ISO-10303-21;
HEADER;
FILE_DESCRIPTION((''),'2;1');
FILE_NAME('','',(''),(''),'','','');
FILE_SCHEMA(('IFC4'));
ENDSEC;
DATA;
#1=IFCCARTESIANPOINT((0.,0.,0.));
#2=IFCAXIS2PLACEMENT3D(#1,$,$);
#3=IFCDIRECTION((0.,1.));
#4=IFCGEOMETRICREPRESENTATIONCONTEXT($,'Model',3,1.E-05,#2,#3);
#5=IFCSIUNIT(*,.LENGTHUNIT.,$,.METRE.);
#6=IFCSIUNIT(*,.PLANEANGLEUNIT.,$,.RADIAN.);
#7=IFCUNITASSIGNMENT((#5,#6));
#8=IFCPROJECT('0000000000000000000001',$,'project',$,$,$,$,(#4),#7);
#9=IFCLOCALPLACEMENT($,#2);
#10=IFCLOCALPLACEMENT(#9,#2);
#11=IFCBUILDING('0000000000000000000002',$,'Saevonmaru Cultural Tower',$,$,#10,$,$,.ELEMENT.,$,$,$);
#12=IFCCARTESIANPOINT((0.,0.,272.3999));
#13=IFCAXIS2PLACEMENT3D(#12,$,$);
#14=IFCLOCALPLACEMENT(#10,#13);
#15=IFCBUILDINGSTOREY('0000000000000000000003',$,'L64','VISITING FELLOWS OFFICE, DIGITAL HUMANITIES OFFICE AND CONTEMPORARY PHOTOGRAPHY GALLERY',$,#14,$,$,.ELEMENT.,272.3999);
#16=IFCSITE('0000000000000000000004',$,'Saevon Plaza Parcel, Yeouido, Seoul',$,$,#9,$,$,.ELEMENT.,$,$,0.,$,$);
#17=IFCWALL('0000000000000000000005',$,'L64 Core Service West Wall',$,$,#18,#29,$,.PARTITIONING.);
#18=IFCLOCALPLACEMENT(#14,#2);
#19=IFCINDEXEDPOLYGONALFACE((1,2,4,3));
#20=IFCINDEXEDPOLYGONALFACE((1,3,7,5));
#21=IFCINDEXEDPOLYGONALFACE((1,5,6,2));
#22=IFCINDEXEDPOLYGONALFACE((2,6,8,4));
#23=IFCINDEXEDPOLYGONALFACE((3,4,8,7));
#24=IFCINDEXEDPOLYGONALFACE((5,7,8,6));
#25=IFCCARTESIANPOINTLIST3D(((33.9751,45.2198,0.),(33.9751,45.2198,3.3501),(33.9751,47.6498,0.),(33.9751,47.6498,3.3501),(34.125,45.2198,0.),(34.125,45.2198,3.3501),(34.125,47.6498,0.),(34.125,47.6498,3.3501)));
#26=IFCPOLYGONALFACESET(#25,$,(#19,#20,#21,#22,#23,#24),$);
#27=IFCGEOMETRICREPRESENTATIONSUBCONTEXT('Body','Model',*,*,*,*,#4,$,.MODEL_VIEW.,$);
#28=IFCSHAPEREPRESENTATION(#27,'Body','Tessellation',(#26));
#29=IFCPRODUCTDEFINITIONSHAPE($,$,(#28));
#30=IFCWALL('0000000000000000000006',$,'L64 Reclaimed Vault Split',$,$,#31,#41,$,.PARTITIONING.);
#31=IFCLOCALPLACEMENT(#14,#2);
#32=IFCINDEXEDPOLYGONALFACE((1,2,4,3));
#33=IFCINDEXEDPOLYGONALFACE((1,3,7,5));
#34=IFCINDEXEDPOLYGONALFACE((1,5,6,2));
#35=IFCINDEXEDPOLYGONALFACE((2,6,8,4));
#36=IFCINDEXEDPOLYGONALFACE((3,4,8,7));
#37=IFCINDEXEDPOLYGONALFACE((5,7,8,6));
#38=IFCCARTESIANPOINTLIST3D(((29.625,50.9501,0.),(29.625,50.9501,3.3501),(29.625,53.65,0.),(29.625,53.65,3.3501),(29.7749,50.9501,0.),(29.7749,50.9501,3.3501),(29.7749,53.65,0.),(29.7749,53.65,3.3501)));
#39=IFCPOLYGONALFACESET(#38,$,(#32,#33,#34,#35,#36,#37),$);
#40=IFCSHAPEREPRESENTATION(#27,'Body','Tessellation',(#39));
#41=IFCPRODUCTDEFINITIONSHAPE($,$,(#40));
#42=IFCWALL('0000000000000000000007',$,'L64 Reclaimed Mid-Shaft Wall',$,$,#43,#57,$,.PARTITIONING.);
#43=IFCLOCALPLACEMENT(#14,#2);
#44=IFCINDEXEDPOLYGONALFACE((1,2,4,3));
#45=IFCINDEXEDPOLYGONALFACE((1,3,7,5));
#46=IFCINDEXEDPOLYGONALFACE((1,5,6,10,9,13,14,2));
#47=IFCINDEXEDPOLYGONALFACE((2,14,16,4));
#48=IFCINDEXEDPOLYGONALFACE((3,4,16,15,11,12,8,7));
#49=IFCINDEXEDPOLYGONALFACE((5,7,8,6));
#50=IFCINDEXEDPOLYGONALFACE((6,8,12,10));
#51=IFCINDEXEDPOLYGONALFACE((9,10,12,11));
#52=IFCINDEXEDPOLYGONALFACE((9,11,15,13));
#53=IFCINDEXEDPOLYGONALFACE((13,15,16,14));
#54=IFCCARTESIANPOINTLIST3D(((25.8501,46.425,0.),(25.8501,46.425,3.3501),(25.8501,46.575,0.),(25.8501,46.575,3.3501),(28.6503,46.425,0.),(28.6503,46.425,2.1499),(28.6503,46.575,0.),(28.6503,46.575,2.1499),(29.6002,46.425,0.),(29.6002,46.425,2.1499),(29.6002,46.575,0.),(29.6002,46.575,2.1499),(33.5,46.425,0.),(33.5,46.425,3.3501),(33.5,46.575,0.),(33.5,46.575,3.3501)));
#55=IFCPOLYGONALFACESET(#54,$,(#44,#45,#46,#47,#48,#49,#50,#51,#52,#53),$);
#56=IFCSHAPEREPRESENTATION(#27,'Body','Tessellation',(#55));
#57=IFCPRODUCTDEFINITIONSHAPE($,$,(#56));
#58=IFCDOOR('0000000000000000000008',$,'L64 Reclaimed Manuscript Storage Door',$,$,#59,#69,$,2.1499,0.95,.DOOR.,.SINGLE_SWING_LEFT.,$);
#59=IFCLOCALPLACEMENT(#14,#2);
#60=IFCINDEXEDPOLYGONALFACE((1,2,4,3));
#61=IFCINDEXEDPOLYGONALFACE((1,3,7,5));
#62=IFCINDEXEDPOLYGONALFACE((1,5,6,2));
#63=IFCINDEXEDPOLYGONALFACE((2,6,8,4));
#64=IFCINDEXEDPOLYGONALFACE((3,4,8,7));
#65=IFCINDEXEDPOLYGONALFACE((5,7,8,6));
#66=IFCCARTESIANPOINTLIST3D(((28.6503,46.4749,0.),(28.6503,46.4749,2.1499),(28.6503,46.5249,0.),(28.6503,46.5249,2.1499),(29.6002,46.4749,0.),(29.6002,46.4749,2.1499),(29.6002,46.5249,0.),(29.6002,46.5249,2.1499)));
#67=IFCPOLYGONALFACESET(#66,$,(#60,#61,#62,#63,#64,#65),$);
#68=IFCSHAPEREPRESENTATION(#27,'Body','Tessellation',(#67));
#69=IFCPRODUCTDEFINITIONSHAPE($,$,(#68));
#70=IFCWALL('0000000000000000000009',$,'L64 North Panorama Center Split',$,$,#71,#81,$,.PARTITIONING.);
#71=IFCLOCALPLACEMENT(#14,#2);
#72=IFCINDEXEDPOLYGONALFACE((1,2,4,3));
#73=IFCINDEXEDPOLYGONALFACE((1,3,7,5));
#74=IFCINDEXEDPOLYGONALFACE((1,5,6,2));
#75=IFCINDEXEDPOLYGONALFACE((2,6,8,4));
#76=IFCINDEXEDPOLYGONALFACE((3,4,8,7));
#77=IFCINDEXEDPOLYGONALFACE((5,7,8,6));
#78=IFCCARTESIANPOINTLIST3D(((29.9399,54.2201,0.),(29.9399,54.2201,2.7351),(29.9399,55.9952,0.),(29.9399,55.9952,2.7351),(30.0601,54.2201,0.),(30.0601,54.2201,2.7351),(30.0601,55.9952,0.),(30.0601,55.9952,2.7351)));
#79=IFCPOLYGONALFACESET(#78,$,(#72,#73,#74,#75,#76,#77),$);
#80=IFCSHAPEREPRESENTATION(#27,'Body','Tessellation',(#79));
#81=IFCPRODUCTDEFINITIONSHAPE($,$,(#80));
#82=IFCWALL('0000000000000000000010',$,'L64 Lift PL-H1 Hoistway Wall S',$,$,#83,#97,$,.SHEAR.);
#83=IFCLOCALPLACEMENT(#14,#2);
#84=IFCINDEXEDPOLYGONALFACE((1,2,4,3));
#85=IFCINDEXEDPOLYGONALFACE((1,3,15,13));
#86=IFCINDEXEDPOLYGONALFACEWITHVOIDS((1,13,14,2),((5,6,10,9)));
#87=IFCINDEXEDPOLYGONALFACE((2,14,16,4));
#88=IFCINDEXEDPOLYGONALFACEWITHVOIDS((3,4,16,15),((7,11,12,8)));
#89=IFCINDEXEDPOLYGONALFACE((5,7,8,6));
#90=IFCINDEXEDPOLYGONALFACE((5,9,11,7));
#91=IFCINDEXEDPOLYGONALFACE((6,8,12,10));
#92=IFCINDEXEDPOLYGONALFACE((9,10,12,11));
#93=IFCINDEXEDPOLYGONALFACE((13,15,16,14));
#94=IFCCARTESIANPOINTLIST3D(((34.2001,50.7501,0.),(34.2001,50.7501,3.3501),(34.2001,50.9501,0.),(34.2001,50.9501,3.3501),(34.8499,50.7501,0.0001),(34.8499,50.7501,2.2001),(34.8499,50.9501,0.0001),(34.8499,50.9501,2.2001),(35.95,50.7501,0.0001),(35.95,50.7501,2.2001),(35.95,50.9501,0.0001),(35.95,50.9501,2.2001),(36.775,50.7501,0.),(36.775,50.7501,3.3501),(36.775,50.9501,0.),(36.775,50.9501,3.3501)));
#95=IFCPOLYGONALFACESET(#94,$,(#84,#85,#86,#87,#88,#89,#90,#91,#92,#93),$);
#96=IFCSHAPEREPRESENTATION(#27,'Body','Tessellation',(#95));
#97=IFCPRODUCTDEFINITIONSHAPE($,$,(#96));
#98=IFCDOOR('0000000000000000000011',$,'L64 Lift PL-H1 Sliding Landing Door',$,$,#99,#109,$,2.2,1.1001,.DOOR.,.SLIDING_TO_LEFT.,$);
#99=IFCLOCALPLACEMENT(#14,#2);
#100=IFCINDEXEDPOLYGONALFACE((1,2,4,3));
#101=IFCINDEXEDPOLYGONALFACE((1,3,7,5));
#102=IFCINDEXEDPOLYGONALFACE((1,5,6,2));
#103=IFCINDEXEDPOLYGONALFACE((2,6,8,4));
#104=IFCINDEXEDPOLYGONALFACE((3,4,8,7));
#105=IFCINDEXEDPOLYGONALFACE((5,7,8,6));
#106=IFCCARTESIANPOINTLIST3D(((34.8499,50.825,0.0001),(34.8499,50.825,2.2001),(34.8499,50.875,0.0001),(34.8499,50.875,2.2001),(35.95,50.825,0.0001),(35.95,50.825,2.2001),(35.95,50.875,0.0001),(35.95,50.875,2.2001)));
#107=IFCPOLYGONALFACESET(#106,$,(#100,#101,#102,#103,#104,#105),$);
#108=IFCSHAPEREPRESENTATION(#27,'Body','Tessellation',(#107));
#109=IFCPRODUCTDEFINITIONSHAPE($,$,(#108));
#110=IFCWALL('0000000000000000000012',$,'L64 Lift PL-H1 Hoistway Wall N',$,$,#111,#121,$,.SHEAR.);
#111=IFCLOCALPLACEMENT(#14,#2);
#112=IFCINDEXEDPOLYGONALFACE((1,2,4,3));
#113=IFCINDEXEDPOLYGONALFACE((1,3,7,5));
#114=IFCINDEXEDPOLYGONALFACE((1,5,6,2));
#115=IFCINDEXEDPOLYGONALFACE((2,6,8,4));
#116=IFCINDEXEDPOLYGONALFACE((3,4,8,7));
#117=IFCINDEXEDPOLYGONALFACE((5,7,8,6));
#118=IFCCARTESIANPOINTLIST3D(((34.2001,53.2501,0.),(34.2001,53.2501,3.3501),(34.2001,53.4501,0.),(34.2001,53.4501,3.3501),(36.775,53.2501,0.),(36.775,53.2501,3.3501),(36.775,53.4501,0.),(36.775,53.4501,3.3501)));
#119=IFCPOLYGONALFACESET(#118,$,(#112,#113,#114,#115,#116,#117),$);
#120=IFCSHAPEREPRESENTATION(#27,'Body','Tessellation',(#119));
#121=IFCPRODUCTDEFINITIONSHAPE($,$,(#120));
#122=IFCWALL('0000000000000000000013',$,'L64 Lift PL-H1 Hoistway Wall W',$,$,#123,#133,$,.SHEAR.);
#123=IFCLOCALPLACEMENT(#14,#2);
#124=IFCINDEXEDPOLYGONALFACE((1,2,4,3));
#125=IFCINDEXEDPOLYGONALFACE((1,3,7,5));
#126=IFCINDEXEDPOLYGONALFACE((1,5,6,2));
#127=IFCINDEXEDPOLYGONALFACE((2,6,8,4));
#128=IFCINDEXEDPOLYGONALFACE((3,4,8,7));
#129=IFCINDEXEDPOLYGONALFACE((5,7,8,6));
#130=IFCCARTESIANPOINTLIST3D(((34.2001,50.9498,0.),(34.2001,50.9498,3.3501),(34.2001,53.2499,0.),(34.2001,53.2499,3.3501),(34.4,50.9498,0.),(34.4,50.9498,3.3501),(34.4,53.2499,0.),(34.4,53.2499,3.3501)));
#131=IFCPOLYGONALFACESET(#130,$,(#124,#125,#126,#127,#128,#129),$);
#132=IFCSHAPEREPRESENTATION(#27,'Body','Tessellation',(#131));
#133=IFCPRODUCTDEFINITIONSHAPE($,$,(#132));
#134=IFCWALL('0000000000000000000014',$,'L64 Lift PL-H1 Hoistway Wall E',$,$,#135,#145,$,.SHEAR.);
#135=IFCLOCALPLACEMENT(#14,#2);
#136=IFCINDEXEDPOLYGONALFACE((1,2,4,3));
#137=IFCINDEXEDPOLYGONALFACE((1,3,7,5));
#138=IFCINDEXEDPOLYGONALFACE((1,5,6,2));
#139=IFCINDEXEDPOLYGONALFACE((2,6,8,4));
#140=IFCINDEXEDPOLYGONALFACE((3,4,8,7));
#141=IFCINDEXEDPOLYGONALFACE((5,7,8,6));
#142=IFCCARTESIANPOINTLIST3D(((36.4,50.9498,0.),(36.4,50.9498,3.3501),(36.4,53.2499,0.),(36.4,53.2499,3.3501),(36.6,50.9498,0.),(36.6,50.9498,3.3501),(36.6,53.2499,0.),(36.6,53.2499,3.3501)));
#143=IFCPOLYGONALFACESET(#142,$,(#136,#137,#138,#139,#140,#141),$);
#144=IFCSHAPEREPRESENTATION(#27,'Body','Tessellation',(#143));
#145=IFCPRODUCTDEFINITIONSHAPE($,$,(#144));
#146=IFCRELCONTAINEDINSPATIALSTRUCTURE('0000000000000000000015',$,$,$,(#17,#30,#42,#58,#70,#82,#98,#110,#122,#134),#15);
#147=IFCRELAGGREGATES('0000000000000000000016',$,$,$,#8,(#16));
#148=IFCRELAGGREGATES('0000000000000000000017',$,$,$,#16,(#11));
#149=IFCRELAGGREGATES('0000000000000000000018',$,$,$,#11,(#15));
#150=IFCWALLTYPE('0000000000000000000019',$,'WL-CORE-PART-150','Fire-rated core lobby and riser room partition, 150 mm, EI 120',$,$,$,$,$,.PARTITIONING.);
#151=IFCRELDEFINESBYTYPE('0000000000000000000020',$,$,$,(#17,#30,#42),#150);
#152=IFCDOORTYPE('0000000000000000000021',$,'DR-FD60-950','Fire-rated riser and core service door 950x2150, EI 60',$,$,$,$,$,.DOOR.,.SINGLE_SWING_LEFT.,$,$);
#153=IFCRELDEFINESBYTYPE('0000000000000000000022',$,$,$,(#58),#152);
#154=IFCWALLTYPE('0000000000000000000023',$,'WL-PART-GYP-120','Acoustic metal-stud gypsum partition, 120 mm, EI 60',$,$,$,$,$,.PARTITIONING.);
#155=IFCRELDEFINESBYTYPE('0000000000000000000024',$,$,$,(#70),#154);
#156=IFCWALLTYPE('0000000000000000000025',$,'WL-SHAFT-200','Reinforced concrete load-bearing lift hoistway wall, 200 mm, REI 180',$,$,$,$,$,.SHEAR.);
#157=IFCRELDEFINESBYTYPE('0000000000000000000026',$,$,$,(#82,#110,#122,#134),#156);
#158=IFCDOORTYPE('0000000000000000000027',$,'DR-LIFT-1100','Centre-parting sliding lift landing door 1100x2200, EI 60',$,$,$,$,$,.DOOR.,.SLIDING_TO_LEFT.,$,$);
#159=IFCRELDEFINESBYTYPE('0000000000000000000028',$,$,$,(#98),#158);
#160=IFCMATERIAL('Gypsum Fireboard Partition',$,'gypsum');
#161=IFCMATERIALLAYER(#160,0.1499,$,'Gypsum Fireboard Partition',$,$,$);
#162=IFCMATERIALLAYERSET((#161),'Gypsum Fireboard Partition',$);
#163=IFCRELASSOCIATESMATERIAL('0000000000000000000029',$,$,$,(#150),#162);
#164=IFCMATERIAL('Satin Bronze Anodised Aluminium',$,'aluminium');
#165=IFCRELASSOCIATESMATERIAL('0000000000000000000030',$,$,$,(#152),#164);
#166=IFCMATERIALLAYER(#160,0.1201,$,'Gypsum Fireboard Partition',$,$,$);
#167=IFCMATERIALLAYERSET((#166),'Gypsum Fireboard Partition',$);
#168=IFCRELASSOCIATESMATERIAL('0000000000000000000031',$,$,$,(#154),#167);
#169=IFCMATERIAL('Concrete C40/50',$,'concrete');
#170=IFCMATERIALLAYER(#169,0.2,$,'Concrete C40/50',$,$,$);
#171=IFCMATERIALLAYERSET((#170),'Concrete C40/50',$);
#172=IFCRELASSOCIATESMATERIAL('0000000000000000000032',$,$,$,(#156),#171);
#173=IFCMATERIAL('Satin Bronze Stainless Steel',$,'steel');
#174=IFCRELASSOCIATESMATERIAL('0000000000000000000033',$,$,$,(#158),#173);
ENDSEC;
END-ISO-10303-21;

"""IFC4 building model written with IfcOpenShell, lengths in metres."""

from ifc_helpers import new_model, si_unit, direction, frame, frame_2d, origin, place, context, subcontext, project, spatial, rectangle, extrude, material, layer, layer_set, type_object, element, fill, save


model = new_model("IFC4")

# Units and contexts
model_context = context("Model", 3, precision=1e-05, world=origin(), true_north=direction((0.0, 1.0)))
body_context = subcontext(model_context, "Body", "Model", "MODEL_VIEW")
ifc_project = project(units=[si_unit("LENGTHUNIT", "METRE"), si_unit("PLANEANGLEUNIT", "RADIAN")], contexts=[model_context])

# Site, building, storey
site_placement = place(None, origin())
site = spatial("IfcSite", under=ifc_project, at=site_placement, Name="Saevon Plaza Parcel, Yeouido, Seoul", CompositionType="ELEMENT", RefElevation=0.0)
building_placement = place(site_placement, origin())
building = spatial("IfcBuilding", under=site, at=building_placement, Name="Saevonmaru Cultural Tower", CompositionType="ELEMENT")
storey_placement = place(building_placement, frame((0.0, 0.0, 272.3999)))
storey = spatial("IfcBuildingStorey", under=building, at=storey_placement, Name="L64", Description="VISITING FELLOWS OFFICE, DIGITAL HUMANITIES OFFICE AND CONTEMPORARY PHOTOGRAPHY GALLERY", CompositionType="ELEMENT", Elevation=272.3999)

# Shared definitions
ifc_material_1 = material(Name="Satin Bronze Anodised Aluminium", Category="aluminium")

# Shared definitions
ifc_material_2 = material(Name="Gypsum Fireboard Partition", Category="gypsum")
ifc_layer_1 = layer(ifc_material_2, 0.1499, Name="Gypsum Fireboard Partition")
ifc_layer_set_1 = layer_set([ifc_layer_1], Name="Gypsum Fireboard Partition")
wall_type_1 = type_object("IfcWallType", Name="WL-CORE-PART-150", Description="Fire-rated core lobby and riser room partition, 150 mm, EI 120", PredefinedType="PARTITIONING", material=ifc_layer_set_1)
door_type_1 = type_object("IfcDoorType", Name="DR-FD60-950", Description="Fire-rated riser and core service door 950x2150, EI 60", OperationType="SINGLE_SWING_LEFT", PredefinedType="DOOR", material=ifc_material_1)

# Wall
wall_1_placement = place(storey_placement, frame((34.05, 45.22, 0.0), z_axis=(0.0, 0.0, 1.0), x_axis=(0.0, 1.0, 0.0)))
element("IfcWall", 1, at=wall_1_placement, inside=storey, type_object=wall_type_1, Name="L64 Core Service West Wall", PredefinedType="PARTITIONING", context=body_context, shape_type="SweptSolid", body=[
    extrude(rectangle(XDim=2.4299, YDim=0.1499, at=frame_2d((1.2148, 0.0))), origin(), (0.0, 0.0, 1.0), 3.3501),
])

# Wall
wall_2_placement = place(storey_placement, frame((29.7, 50.95, 0.0), z_axis=(0.0, 0.0, 1.0), x_axis=(0.0, 1.0, 0.0)))
element("IfcWall", 2, at=wall_2_placement, inside=storey, type_object=wall_type_1, Name="L64 Reclaimed Vault Split", PredefinedType="PARTITIONING", context=body_context, shape_type="SweptSolid", body=[
    extrude(rectangle(XDim=2.7, YDim=0.1499, at=frame_2d((1.3501, 0.0))), origin(), (0.0, 0.0, 1.0), 3.3501),
])

# Wall, opening, door
wall_3_placement = place(storey_placement, frame((25.8501, 46.5, 0.0), z_axis=(0.0, 0.0, 1.0), x_axis=(1.0, 0.0, 0.0)))
wall_3 = element("IfcWall", 3, at=wall_3_placement, inside=storey, type_object=wall_type_1, Name="L64 Reclaimed Mid-Shaft Wall", PredefinedType="PARTITIONING", context=body_context, shape_type="SweptSolid", body=[
    extrude(rectangle(XDim=7.6499, YDim=0.1499, at=frame_2d((3.825, 0.0))), origin(), (0.0, 0.0, 1.0), 3.3501),
])
opening_1_placement = place(wall_3_placement, frame((2.8, 0.0, 0.0)))
opening_1 = element("IfcOpeningElement", 4, at=opening_1_placement, cuts=wall_3, PredefinedType="OPENING", context=body_context, shape_type="SweptSolid", body=[
    extrude(rectangle(XDim=0.95, YDim=2.1499, at=frame_2d((0.4751, 1.075))), frame((0.0, 0.085, 0.0), z_axis=(0.0, -1.0, 0.0), x_axis=(1.0, 0.0, 0.0)), (0.0, 0.0, 1.0), 0.1699),
])
door_1_placement = place(opening_1_placement, origin())
door_1 = element("IfcDoor", 5, at=door_1_placement, inside=storey, type_object=door_type_1, Name="L64 Reclaimed Manuscript Storage Door", OperationType="SINGLE_SWING_LEFT", OverallHeight=2.1499, OverallWidth=0.95, PredefinedType="DOOR", context=body_context, shape_type="SweptSolid", body=[
    extrude(rectangle(XDim=0.95, YDim=2.1499, at=frame_2d((0.4751, 1.075))), frame((0.0, 0.0249, 0.0), z_axis=(0.0, -1.0, 0.0), x_axis=(1.0, 0.0, 0.0)), (0.0, 0.0, 1.0), 0.05),
])
fill(opening_1, door_1)

# Wall
ifc_layer_2 = layer(ifc_material_2, 0.1201, Name="Gypsum Fireboard Partition")
ifc_layer_set_2 = layer_set([ifc_layer_2], Name="Gypsum Fireboard Partition")
wall_type_2 = type_object("IfcWallType", Name="WL-PART-GYP-120", Description="Acoustic metal-stud gypsum partition, 120 mm, EI 60", PredefinedType="PARTITIONING", material=ifc_layer_set_2)
wall_4_placement = place(storey_placement, frame((30.0, 54.22, 0.0), z_axis=(0.0, 0.0, 1.0), x_axis=(0.0, 1.0, 0.0)))
element("IfcWall", 6, at=wall_4_placement, inside=storey, type_object=wall_type_2, Name="L64 North Panorama Center Split", PredefinedType="PARTITIONING", context=body_context, shape_type="SweptSolid", body=[
    extrude(rectangle(XDim=1.7751, YDim=0.1201, at=frame_2d((0.8877, 0.0))), origin(), (0.0, 0.0, 1.0), 2.7351),
])

# Wall, opening, door
ifc_material_3 = material(Name="Concrete C40/50", Category="concrete")
ifc_layer_3 = layer(ifc_material_3, 0.2, Name="Concrete C40/50")
ifc_layer_set_3 = layer_set([ifc_layer_3], Name="Concrete C40/50")
wall_type_3 = type_object("IfcWallType", Name="WL-SHAFT-200", Description="Reinforced concrete load-bearing lift hoistway wall, 200 mm, REI 180", PredefinedType="SHEAR", material=ifc_layer_set_3)
wall_5_placement = place(storey_placement, frame((34.2, 50.8501, 0.0), z_axis=(0.0, 0.0, 1.0), x_axis=(1.0, 0.0, 0.0)))
wall_5 = element("IfcWall", 7, at=wall_5_placement, inside=storey, type_object=wall_type_3, Name="L64 Lift PL-H1 Hoistway Wall S", PredefinedType="SHEAR", context=body_context, shape_type="SweptSolid", body=[
    extrude(rectangle(XDim=2.575, YDim=0.2, at=frame_2d((1.2876, 0.0))), origin(), (0.0, 0.0, 1.0), 3.3501),
])
opening_2_placement = place(wall_5_placement, frame((0.6499, 0.0, 0.0)))
opening_2 = element("IfcOpeningElement", 8, at=opening_2_placement, cuts=wall_5, PredefinedType="OPENING", context=body_context, shape_type="SweptSolid", body=[
    extrude(rectangle(XDim=1.1001, YDim=2.2, at=frame_2d((0.55, 1.1001))), frame((0.0, 0.1099, 0.0), z_axis=(0.0, -1.0, 0.0), x_axis=(1.0, 0.0, 0.0)), (0.0, 0.0, 1.0), 0.22),
])
ifc_material_4 = material(Name="Satin Bronze Stainless Steel", Category="steel")
door_type_2 = type_object("IfcDoorType", Name="DR-LIFT-1100", Description="Centre-parting sliding lift landing door 1100x2200, EI 60", OperationType="SLIDING_TO_LEFT", PredefinedType="DOOR", material=ifc_material_4)
door_2_placement = place(opening_2_placement, origin())
door_2 = element("IfcDoor", 9, at=door_2_placement, inside=storey, type_object=door_type_2, Name="L64 Lift PL-H1 Sliding Landing Door", OperationType="SLIDING_TO_LEFT", OverallHeight=2.2, OverallWidth=1.1001, PredefinedType="DOOR", context=body_context, shape_type="SweptSolid", body=[
    extrude(rectangle(XDim=1.1001, YDim=2.2, at=frame_2d((0.55, 1.1001))), frame((0.0, 0.0249, 0.0), z_axis=(0.0, -1.0, 0.0), x_axis=(1.0, 0.0, 0.0)), (0.0, 0.0, 1.0), 0.05),
])
fill(opening_2, door_2)

# Walls
wall_6_placement = place(storey_placement, frame((34.2, 53.3501, 0.0), z_axis=(0.0, 0.0, 1.0), x_axis=(1.0, 0.0, 0.0)))
element("IfcWall", 10, at=wall_6_placement, inside=storey, type_object=wall_type_3, Name="L64 Lift PL-H1 Hoistway Wall N", PredefinedType="SHEAR", context=body_context, shape_type="SweptSolid", body=[
    extrude(rectangle(XDim=2.575, YDim=0.2, at=frame_2d((1.2876, 0.0))), origin(), (0.0, 0.0, 1.0), 3.3501),
])
for number, where, z_axis, x_axis, name in (
    (11, (34.3, 50.95, 0.0), (0.0, 0.0, 1.0), (0.0, 1.0, 0.0), "L64 Lift PL-H1 Hoistway Wall W"),
    (12, (36.5, 50.95, 0.0), (0.0, 0.0, 1.0), (0.0, 1.0, 0.0), "L64 Lift PL-H1 Hoistway Wall E"),
):
    element("IfcWall", number, at=place(storey_placement, frame(where, z_axis=z_axis, x_axis=x_axis)), inside=storey, type_object=wall_type_3, Name=name, PredefinedType="SHEAR", context=body_context, shape_type="SweptSolid", body=[
        extrude(rectangle(XDim=2.3, YDim=0.2, at=frame_2d((1.1499, 0.0))), origin(), (0.0, 0.0, 1.0), 3.3501),
    ])

save(model, "model.ifc")
